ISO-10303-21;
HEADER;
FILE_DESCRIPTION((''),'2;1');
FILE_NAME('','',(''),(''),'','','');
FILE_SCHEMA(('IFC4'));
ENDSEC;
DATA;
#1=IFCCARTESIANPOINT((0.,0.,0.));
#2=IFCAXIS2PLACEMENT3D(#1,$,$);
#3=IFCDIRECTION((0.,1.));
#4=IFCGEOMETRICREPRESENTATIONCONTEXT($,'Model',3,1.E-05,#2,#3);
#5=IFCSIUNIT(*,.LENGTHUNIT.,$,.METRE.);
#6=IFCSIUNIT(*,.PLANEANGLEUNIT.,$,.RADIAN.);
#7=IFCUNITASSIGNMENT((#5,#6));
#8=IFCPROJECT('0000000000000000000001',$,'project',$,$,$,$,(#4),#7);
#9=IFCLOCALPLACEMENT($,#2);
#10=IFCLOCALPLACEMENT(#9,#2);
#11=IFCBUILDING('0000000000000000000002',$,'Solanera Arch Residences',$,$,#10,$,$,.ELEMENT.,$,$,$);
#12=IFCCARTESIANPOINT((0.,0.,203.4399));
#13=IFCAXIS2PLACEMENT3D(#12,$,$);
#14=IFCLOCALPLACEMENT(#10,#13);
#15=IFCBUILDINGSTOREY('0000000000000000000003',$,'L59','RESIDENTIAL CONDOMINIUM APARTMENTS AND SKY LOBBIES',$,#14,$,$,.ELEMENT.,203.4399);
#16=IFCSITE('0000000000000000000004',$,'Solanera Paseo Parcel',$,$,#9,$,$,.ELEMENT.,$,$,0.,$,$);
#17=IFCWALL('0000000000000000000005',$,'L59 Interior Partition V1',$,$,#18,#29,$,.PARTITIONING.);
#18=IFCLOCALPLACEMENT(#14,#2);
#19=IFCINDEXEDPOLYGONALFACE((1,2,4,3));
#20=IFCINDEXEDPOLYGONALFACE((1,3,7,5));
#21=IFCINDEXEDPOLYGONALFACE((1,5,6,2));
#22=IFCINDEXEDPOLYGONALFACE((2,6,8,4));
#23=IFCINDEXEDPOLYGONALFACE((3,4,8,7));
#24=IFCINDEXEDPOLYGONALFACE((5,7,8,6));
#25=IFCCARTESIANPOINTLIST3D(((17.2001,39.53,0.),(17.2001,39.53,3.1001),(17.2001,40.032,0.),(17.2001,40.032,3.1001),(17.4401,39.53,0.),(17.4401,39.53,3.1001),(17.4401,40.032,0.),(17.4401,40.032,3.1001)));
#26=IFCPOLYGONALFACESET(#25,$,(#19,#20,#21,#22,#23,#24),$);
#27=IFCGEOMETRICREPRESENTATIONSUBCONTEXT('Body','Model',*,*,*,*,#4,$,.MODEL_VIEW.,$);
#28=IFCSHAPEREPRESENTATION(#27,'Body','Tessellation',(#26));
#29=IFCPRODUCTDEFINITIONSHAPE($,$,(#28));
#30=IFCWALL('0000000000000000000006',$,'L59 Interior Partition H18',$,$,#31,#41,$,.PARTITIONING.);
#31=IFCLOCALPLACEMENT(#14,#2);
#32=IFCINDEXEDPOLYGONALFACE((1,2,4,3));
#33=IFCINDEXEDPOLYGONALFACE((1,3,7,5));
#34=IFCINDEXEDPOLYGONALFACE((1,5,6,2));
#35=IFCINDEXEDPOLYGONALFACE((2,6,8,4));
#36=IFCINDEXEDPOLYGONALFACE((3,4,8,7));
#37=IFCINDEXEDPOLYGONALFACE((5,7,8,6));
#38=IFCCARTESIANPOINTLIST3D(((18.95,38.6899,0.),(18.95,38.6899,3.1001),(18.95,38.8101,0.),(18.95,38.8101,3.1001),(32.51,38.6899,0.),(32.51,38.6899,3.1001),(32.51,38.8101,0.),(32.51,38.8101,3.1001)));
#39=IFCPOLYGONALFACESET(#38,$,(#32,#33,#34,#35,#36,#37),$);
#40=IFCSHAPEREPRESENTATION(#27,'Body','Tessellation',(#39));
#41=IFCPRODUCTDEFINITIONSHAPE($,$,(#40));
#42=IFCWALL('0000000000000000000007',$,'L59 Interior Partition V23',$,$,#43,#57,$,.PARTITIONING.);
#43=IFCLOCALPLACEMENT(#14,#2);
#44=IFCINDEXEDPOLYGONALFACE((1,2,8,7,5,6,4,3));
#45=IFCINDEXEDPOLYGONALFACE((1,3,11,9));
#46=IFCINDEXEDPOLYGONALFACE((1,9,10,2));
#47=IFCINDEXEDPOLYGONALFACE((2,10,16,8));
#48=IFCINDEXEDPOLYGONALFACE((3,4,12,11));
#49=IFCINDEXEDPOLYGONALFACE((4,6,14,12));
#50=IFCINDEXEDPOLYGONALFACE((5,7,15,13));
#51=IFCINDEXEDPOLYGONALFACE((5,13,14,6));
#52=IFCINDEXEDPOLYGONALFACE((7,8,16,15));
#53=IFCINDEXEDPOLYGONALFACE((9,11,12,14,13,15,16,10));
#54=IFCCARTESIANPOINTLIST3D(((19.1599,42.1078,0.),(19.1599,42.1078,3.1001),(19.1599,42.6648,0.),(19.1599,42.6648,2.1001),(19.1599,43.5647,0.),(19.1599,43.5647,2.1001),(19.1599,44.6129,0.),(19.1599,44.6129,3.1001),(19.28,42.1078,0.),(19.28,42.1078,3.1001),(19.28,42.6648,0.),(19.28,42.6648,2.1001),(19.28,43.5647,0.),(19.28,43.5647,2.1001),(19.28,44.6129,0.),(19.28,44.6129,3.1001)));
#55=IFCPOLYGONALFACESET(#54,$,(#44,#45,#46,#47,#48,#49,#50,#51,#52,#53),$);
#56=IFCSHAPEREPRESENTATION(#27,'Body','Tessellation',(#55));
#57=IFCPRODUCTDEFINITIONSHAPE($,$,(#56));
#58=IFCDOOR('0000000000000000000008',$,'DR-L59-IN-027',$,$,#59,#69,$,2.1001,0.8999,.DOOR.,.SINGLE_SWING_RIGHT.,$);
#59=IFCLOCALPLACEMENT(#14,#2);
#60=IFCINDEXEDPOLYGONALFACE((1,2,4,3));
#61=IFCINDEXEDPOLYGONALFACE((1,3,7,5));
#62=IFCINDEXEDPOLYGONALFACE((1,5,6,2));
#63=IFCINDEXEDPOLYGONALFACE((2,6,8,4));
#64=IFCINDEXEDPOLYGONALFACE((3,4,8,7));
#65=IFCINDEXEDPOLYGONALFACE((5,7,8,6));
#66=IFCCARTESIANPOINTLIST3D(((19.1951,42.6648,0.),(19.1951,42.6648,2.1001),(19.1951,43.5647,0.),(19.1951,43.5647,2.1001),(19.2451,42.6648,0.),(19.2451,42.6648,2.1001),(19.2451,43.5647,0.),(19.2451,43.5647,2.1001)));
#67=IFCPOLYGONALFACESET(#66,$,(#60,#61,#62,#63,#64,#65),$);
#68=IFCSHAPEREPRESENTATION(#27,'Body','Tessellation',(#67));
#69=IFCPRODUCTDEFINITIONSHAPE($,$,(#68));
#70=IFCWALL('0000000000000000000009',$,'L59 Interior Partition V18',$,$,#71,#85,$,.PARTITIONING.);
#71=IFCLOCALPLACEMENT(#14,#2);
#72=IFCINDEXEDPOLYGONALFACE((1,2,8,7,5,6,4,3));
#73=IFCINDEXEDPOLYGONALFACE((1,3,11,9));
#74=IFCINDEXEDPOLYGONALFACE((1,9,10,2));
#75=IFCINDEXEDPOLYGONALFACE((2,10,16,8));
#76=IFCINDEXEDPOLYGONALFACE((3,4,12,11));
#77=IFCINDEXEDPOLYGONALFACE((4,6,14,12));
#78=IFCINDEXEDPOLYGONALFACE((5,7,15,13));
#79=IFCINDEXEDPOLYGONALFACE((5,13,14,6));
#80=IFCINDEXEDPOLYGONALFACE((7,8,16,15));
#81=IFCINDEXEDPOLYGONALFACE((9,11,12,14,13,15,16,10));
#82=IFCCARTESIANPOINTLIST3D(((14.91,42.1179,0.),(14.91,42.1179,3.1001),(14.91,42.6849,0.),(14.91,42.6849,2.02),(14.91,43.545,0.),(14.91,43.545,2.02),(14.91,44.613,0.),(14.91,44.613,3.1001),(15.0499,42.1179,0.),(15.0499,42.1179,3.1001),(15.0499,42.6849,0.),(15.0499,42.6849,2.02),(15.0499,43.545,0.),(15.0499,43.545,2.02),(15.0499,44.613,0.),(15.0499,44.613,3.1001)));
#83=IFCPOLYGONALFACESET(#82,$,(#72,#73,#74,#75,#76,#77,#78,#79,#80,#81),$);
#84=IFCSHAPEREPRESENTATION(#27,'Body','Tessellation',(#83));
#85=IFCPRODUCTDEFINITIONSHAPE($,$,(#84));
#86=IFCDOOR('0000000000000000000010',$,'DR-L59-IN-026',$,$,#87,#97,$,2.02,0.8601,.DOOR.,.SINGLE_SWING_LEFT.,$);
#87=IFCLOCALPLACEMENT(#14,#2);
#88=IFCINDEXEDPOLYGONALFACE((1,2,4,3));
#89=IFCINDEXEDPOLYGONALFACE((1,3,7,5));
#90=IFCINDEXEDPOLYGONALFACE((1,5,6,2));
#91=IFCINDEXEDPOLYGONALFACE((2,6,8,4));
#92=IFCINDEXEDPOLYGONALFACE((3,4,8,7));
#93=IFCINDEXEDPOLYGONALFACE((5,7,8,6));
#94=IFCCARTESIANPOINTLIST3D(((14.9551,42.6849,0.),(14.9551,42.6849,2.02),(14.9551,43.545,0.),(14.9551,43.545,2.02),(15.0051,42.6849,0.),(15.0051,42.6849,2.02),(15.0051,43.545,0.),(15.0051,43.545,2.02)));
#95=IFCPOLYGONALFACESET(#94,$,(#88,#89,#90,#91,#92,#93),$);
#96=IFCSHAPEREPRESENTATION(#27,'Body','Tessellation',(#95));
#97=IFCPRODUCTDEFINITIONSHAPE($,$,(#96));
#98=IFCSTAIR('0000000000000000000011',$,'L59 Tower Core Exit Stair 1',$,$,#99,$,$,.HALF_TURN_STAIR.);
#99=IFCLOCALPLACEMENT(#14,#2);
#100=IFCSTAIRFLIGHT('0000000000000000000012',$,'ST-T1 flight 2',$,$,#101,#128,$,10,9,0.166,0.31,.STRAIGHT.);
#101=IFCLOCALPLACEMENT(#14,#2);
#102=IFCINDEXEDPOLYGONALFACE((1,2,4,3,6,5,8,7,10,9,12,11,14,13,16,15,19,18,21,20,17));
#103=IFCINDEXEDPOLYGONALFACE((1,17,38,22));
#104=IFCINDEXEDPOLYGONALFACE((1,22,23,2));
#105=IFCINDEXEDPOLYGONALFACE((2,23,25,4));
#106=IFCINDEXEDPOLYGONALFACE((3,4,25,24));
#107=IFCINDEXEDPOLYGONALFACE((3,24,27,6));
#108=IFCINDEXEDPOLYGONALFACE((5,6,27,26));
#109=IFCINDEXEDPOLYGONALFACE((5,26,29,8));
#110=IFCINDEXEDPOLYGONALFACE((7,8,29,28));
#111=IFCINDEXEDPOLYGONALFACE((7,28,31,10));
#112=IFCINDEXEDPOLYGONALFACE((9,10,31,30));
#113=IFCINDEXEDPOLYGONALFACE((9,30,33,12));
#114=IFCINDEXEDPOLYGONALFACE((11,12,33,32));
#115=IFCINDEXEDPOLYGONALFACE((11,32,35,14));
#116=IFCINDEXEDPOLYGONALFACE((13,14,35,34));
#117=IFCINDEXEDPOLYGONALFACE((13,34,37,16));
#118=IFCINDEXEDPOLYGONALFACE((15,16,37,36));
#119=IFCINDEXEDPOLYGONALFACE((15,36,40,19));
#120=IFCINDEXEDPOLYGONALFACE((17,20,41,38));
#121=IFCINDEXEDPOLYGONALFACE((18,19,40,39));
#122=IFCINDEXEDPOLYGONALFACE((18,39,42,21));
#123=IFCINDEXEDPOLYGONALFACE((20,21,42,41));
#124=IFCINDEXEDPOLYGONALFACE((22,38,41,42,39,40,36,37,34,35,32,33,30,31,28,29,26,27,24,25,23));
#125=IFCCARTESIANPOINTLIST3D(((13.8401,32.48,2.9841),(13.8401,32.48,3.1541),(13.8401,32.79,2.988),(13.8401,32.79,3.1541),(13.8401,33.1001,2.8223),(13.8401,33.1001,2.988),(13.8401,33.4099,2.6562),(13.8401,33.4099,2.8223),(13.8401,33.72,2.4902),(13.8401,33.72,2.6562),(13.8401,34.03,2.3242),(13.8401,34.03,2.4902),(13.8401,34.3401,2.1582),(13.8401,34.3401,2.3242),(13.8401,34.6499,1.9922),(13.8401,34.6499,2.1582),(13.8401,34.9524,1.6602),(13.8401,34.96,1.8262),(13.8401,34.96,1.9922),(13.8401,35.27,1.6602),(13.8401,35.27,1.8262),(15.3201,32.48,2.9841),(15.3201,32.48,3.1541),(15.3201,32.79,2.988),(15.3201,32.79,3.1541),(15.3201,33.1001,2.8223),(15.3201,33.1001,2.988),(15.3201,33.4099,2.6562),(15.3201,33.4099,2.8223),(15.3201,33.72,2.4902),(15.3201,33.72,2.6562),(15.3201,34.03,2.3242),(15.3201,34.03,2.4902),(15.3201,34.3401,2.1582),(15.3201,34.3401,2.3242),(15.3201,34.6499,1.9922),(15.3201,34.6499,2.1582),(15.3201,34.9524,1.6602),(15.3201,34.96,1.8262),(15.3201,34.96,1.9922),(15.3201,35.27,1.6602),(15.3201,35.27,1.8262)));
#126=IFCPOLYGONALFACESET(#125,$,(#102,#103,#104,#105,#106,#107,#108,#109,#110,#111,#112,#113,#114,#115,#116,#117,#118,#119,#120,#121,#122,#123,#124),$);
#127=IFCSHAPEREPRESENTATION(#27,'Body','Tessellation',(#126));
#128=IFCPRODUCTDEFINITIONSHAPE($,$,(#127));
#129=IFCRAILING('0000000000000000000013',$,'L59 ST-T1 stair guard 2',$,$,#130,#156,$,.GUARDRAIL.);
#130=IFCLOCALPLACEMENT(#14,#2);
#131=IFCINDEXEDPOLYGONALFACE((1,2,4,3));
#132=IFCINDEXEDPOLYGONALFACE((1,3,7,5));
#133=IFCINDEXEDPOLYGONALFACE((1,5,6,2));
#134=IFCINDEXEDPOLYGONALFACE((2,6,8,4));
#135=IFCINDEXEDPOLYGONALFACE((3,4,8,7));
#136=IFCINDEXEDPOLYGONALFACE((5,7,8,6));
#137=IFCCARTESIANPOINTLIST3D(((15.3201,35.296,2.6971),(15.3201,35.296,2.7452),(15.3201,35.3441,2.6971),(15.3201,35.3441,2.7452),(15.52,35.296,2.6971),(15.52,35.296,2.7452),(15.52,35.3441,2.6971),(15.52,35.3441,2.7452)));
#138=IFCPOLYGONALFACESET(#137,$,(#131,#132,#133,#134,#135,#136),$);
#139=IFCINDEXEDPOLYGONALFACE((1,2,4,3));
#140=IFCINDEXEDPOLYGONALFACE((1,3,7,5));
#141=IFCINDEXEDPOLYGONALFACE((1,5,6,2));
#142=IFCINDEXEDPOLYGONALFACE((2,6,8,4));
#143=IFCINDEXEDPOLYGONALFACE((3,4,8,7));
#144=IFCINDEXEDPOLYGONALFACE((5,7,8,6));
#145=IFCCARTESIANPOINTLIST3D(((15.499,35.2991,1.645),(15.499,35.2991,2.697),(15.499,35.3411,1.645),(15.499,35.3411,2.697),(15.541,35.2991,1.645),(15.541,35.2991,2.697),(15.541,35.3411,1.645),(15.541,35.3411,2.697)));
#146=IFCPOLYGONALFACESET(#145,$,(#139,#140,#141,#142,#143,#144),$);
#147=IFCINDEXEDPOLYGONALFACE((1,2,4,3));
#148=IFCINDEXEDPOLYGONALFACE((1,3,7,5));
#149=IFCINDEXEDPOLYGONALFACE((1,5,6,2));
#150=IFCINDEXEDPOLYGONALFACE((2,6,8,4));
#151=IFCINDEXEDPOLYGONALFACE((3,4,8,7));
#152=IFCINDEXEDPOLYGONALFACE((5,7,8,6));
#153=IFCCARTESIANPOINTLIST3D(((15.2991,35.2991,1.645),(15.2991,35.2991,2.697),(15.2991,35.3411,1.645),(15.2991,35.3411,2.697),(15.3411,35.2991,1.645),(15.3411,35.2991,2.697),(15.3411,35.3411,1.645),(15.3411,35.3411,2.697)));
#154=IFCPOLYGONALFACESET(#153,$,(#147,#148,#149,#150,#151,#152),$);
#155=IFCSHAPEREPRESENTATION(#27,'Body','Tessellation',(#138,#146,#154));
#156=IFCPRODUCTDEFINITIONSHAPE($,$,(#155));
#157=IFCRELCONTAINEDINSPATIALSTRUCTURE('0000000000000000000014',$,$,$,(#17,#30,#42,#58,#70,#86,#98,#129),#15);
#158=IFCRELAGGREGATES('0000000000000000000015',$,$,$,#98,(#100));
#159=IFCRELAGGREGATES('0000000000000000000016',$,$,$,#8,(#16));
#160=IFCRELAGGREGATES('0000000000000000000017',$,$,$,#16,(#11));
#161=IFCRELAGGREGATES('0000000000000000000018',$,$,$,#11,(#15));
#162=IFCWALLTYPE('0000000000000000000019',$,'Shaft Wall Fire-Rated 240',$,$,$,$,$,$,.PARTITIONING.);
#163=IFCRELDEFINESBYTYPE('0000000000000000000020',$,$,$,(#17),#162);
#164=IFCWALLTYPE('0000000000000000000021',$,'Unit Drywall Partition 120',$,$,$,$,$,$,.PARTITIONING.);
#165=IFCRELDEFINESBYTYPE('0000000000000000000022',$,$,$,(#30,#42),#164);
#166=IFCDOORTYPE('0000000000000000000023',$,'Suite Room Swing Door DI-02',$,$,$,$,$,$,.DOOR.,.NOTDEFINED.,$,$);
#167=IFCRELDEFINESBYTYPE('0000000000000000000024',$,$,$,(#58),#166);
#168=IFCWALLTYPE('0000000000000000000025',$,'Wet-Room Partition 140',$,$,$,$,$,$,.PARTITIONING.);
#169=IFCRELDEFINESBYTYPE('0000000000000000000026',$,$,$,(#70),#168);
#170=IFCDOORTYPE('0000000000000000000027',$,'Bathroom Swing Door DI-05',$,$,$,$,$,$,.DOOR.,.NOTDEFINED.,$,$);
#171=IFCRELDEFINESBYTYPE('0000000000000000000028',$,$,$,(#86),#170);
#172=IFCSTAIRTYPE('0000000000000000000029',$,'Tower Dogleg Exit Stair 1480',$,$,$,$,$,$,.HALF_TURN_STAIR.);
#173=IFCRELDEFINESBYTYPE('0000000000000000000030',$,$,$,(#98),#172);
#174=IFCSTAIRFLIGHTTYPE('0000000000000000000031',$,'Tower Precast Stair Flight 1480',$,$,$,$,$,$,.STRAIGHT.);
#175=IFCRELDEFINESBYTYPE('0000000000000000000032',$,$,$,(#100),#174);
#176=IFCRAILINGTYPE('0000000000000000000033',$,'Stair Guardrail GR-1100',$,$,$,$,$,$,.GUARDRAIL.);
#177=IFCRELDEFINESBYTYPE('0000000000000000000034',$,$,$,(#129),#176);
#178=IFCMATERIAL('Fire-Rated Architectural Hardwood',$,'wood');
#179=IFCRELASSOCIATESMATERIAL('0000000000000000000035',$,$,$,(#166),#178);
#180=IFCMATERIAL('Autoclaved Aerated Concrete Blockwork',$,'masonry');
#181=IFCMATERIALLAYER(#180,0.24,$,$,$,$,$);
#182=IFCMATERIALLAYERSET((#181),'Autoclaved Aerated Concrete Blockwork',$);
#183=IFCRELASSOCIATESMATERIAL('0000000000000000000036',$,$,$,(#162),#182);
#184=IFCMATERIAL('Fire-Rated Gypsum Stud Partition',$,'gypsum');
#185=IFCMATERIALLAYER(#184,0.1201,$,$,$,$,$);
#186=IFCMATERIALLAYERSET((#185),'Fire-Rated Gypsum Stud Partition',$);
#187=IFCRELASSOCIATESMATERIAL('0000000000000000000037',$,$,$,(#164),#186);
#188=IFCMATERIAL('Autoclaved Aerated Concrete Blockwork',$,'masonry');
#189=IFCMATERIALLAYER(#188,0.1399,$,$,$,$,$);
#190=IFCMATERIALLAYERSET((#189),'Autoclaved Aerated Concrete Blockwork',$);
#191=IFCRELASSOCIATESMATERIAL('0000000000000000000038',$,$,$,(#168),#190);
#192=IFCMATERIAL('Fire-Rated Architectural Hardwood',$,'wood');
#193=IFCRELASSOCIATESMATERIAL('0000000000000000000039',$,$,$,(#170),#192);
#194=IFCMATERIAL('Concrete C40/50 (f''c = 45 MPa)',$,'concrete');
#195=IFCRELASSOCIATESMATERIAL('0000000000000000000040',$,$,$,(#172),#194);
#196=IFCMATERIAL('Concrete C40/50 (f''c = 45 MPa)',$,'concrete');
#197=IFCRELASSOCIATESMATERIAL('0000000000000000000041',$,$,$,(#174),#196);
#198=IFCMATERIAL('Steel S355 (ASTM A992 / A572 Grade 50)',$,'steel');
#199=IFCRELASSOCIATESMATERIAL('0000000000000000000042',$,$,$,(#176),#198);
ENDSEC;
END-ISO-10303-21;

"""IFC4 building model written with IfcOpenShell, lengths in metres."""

from ifc_helpers import new_model, si_unit, direction, frame, frame_2d, origin, origin_2d, place, context, subcontext, project, spatial, polyline, rectangle, outline, extrude, material, layer, layer_set, type_object, element, fill, aggregate, save


model = new_model("IFC4")

# Units and contexts
model_context = context("Model", 3, precision=1e-05, world=origin(), true_north=direction((0.0, 1.0)))
body_context = subcontext(model_context, "Body", "Model", "MODEL_VIEW")
ifc_project = project(units=[si_unit("LENGTHUNIT", "METRE"), si_unit("PLANEANGLEUNIT", "RADIAN")], contexts=[model_context])

# Site, building, storey
site_placement = place(None, origin())
site = spatial("IfcSite", under=ifc_project, at=site_placement, Name="Solanera Paseo Parcel", CompositionType="ELEMENT", RefElevation=0.0)
building_placement = place(site_placement, origin())
building = spatial("IfcBuilding", under=site, at=building_placement, Name="Solanera Arch Residences", CompositionType="ELEMENT")
storey_placement = place(building_placement, frame((0.0, 0.0, 203.4399)))
storey = spatial("IfcBuildingStorey", under=building, at=storey_placement, Name="L59", Description="RESIDENTIAL CONDOMINIUM APARTMENTS AND SKY LOBBIES", CompositionType="ELEMENT", Elevation=203.4399)

# Shared definitions
ifc_material_1 = material(Name="Fire-Rated Architectural Hardwood", Category="wood")
door_type_1 = type_object("IfcDoorType", Name="Suite Room Swing Door DI-02", OperationType="NOTDEFINED", PredefinedType="DOOR", material=ifc_material_1)

# Walls
ifc_material_2 = material(Name="Autoclaved Aerated Concrete Blockwork", Category="masonry")
ifc_layer_1 = layer(ifc_material_2, 0.24)
ifc_layer_set_1 = layer_set([ifc_layer_1], Name="Autoclaved Aerated Concrete Blockwork")
wall_type_1 = type_object("IfcWallType", Name="Shaft Wall Fire-Rated 240", PredefinedType="PARTITIONING", material=ifc_layer_set_1)
wall_1_placement = place(storey_placement, frame((17.3201, 39.53, 0.0), z_axis=(0.0, 0.0, 1.0), x_axis=(0.0, 1.0, 0.0)))
element("IfcWall", 1, at=wall_1_placement, inside=storey, type_object=wall_type_1, Name="L59 Interior Partition V1", PredefinedType="PARTITIONING", context=body_context, shape_type="SweptSolid", body=[
    extrude(rectangle(XDim=0.502, YDim=0.24, at=frame_2d((0.251, 0.0))), origin(), (0.0, 0.0, 1.0), 3.1001),
])
ifc_material_3 = material(Name="Fire-Rated Gypsum Stud Partition", Category="gypsum")
ifc_layer_2 = layer(ifc_material_3, 0.1201)
ifc_layer_set_2 = layer_set([ifc_layer_2], Name="Fire-Rated Gypsum Stud Partition")
wall_type_2 = type_object("IfcWallType", Name="Unit Drywall Partition 120", PredefinedType="PARTITIONING", material=ifc_layer_set_2)
wall_2_placement = place(storey_placement, frame((18.95, 38.75, 0.0), z_axis=(0.0, 0.0, 1.0), x_axis=(1.0, 0.0, 0.0)))
element("IfcWall", 2, at=wall_2_placement, inside=storey, type_object=wall_type_2, Name="L59 Interior Partition H18", PredefinedType="PARTITIONING", context=body_context, shape_type="SweptSolid", body=[
    extrude(rectangle(XDim=13.5601, YDim=0.1201, at=frame_2d((6.78, 0.0))), origin(), (0.0, 0.0, 1.0), 3.1001),
])

# Walls, openings, doors
wall_3_placement = place(storey_placement, frame((19.22, 42.1079, 0.0), z_axis=(0.0, 0.0, 1.0), x_axis=(0.0, 1.0, 0.0)))
wall_3 = element("IfcWall", 3, at=wall_3_placement, inside=storey, type_object=wall_type_2, Name="L59 Interior Partition V23", PredefinedType="PARTITIONING", context=body_context, shape_type="SweptSolid", body=[
    extrude(rectangle(XDim=2.5051, YDim=0.1201, at=frame_2d((1.2524, 0.0))), origin(), (0.0, 0.0, 1.0), 3.1001),
])
opening_1_placement = place(wall_3_placement, frame((0.5569, 0.0, 0.0)))
opening_1 = element("IfcOpeningElement", 4, at=opening_1_placement, cuts=wall_3, PredefinedType="OPENING", context=body_context, shape_type="SweptSolid", body=[
    extrude(rectangle(XDim=0.8999, YDim=2.1001, at=frame_2d((0.45, 1.05))), frame((0.0, 0.0701, 0.0), z_axis=(0.0, -1.0, 0.0), x_axis=(1.0, 0.0, 0.0)), (0.0, 0.0, 1.0), 0.1401),
])
door_1_placement = place(opening_1_placement, origin())
door_1 = element("IfcDoor", 5, at=door_1_placement, inside=storey, type_object=door_type_1, Name="DR-L59-IN-027", OperationType="SINGLE_SWING_RIGHT", OverallHeight=2.1001, OverallWidth=0.8999, PredefinedType="DOOR", context=body_context, shape_type="SweptSolid", body=[
    extrude(rectangle(XDim=0.8999, YDim=2.1001, at=frame_2d((0.45, 1.05))), frame((0.0, 0.0249, 0.0), z_axis=(0.0, -1.0, 0.0), x_axis=(1.0, 0.0, 0.0)), (0.0, 0.0, 1.0), 0.05),
])
fill(opening_1, door_1)
ifc_material_4 = material(Name="Autoclaved Aerated Concrete Blockwork", Category="masonry")
ifc_layer_3 = layer(ifc_material_4, 0.1399)
ifc_layer_set_3 = layer_set([ifc_layer_3], Name="Autoclaved Aerated Concrete Blockwork")
wall_type_3 = type_object("IfcWallType", Name="Wet-Room Partition 140", PredefinedType="PARTITIONING", material=ifc_layer_set_3)
wall_4_placement = place(storey_placement, frame((14.98, 42.1179, 0.0), z_axis=(0.0, 0.0, 1.0), x_axis=(0.0, 1.0, 0.0)))
wall_4 = element("IfcWall", 6, at=wall_4_placement, inside=storey, type_object=wall_type_3, Name="L59 Interior Partition V18", PredefinedType="PARTITIONING", context=body_context, shape_type="SweptSolid", body=[
    extrude(rectangle(XDim=2.4951, YDim=0.1399, at=frame_2d((1.2476, 0.0))), origin(), (0.0, 0.0, 1.0), 3.1001),
])
opening_2_placement = place(wall_4_placement, frame((0.5669, 0.0, 0.0)))
opening_2 = element("IfcOpeningElement", 7, at=opening_2_placement, cuts=wall_4, PredefinedType="OPENING", context=body_context, shape_type="SweptSolid", body=[
    extrude(rectangle(XDim=0.8601, YDim=2.02, at=frame_2d((0.4302, 1.01))), frame((0.0, 0.0798, 0.0), z_axis=(0.0, -1.0, 0.0), x_axis=(1.0, 0.0, 0.0)), (0.0, 0.0, 1.0), 0.1599),
])
ifc_material_5 = material(Name="Fire-Rated Architectural Hardwood", Category="wood")
door_type_2 = type_object("IfcDoorType", Name="Bathroom Swing Door DI-05", OperationType="NOTDEFINED", PredefinedType="DOOR", material=ifc_material_5)
door_2_placement = place(opening_2_placement, origin())
door_2 = element("IfcDoor", 8, at=door_2_placement, inside=storey, type_object=door_type_2, Name="DR-L59-IN-026", OperationType="SINGLE_SWING_LEFT", OverallHeight=2.02, OverallWidth=0.8601, PredefinedType="DOOR", context=body_context, shape_type="SweptSolid", body=[
    extrude(rectangle(XDim=0.8601, YDim=2.02, at=frame_2d((0.4302, 1.01))), frame((0.0, 0.0249, 0.0), z_axis=(0.0, -1.0, 0.0), x_axis=(1.0, 0.0, 0.0)), (0.0, 0.0, 1.0), 0.05),
])
fill(opening_2, door_2)

# Stair, stair flight
ifc_material_6 = material(Name="Concrete C40/50 (f'c = 45 MPa)", Category="concrete")
stair_type = type_object("IfcStairType", Name="Tower Dogleg Exit Stair 1480", PredefinedType="HALF_TURN_STAIR", material=ifc_material_6)
stair_placement = place(storey_placement, origin())
stair = element("IfcStair", 9, at=stair_placement, inside=storey, type_object=stair_type, Name="L59 Tower Core Exit Stair 1", PredefinedType="HALF_TURN_STAIR")
ifc_material_7 = material(Name="Concrete C40/50 (f'c = 45 MPa)", Category="concrete")
stair_flight_type = type_object("IfcStairFlightType", Name="Tower Precast Stair Flight 1480", PredefinedType="STRAIGHT", material=ifc_material_7)
stair_flight_placement = place(storey_placement, frame((14.5801, 35.27, 1.6602), z_axis=(0.0, 0.0, 1.0), x_axis=(0.0, -1.0, 0.0)))
stair_flight = element("IfcStairFlight", 10, at=stair_flight_placement, type_object=stair_flight_type, Name="ST-T1 flight 2", NumberOfRisers=10, NumberOfTreads=9, PredefinedType="STRAIGHT", RiserHeight=0.166, TreadLength=0.31, context=body_context, shape_type="SweptSolid", body=[
    extrude(outline(polyline([(0.0, 0.0), (0.0, 0.166), (0.3101, 0.166), (0.3101, 0.332), (0.6201, 0.332), (0.6201, 0.498), (0.9299, 0.498), (0.9299, 0.6641), (1.24, 0.6641), (1.24, 0.8301), (1.55, 0.8301), (1.55, 0.9961), (1.8601, 0.9961), (1.8601, 1.1621), (2.1699, 1.1621), (2.1699, 1.3279), (2.48, 1.3279), (2.48, 1.4939), (2.79, 1.4939), (2.79, 1.6599), (2.79, 1.324), (0.3176, 0.0), (0.0, 0.0)])), frame((0.0, 0.74, 0.0), z_axis=(0.0, -1.0, 0.0), x_axis=(1.0, 0.0, 0.0)), (0.0, 0.0, 1.0), 1.48),
])
aggregate(stair, [stair_flight])

# Railing
ifc_material_8 = material(Name="Steel S355 (ASTM A992 / A572 Grade 50)", Category="steel")
railing_type = type_object("IfcRailingType", Name="Stair Guardrail GR-1100", PredefinedType="GUARDRAIL", material=ifc_material_8)
railing_1_placement = place(storey_placement, frame((15.52, 35.3201, 1.645)))
element("IfcRailing", 11, at=railing_1_placement, inside=storey, type_object=railing_type, Name="L59 ST-T1 stair guard 2", PredefinedType="GUARDRAIL", context=body_context, shape_type="SweptSolid", body=[
    extrude(rectangle(XDim=0.0481, YDim=0.0481, at=origin_2d()), frame((0.0, 0.0, 1.0762), z_axis=(-1.0, 0.0, 0.0), x_axis=(0.0, -1.0, 0.0)), (0.0, 0.0, 1.0), 0.2),
    extrude(rectangle(XDim=0.042, YDim=0.042, at=origin_2d()), origin(), (0.0, 0.0, 1.0), 1.052),
    extrude(rectangle(XDim=0.042, YDim=0.042, at=origin_2d()), frame((-0.2, 0.0, 0.0)), (0.0, 0.0, 1.0), 1.052),
])

save(model, "model.ifc")
